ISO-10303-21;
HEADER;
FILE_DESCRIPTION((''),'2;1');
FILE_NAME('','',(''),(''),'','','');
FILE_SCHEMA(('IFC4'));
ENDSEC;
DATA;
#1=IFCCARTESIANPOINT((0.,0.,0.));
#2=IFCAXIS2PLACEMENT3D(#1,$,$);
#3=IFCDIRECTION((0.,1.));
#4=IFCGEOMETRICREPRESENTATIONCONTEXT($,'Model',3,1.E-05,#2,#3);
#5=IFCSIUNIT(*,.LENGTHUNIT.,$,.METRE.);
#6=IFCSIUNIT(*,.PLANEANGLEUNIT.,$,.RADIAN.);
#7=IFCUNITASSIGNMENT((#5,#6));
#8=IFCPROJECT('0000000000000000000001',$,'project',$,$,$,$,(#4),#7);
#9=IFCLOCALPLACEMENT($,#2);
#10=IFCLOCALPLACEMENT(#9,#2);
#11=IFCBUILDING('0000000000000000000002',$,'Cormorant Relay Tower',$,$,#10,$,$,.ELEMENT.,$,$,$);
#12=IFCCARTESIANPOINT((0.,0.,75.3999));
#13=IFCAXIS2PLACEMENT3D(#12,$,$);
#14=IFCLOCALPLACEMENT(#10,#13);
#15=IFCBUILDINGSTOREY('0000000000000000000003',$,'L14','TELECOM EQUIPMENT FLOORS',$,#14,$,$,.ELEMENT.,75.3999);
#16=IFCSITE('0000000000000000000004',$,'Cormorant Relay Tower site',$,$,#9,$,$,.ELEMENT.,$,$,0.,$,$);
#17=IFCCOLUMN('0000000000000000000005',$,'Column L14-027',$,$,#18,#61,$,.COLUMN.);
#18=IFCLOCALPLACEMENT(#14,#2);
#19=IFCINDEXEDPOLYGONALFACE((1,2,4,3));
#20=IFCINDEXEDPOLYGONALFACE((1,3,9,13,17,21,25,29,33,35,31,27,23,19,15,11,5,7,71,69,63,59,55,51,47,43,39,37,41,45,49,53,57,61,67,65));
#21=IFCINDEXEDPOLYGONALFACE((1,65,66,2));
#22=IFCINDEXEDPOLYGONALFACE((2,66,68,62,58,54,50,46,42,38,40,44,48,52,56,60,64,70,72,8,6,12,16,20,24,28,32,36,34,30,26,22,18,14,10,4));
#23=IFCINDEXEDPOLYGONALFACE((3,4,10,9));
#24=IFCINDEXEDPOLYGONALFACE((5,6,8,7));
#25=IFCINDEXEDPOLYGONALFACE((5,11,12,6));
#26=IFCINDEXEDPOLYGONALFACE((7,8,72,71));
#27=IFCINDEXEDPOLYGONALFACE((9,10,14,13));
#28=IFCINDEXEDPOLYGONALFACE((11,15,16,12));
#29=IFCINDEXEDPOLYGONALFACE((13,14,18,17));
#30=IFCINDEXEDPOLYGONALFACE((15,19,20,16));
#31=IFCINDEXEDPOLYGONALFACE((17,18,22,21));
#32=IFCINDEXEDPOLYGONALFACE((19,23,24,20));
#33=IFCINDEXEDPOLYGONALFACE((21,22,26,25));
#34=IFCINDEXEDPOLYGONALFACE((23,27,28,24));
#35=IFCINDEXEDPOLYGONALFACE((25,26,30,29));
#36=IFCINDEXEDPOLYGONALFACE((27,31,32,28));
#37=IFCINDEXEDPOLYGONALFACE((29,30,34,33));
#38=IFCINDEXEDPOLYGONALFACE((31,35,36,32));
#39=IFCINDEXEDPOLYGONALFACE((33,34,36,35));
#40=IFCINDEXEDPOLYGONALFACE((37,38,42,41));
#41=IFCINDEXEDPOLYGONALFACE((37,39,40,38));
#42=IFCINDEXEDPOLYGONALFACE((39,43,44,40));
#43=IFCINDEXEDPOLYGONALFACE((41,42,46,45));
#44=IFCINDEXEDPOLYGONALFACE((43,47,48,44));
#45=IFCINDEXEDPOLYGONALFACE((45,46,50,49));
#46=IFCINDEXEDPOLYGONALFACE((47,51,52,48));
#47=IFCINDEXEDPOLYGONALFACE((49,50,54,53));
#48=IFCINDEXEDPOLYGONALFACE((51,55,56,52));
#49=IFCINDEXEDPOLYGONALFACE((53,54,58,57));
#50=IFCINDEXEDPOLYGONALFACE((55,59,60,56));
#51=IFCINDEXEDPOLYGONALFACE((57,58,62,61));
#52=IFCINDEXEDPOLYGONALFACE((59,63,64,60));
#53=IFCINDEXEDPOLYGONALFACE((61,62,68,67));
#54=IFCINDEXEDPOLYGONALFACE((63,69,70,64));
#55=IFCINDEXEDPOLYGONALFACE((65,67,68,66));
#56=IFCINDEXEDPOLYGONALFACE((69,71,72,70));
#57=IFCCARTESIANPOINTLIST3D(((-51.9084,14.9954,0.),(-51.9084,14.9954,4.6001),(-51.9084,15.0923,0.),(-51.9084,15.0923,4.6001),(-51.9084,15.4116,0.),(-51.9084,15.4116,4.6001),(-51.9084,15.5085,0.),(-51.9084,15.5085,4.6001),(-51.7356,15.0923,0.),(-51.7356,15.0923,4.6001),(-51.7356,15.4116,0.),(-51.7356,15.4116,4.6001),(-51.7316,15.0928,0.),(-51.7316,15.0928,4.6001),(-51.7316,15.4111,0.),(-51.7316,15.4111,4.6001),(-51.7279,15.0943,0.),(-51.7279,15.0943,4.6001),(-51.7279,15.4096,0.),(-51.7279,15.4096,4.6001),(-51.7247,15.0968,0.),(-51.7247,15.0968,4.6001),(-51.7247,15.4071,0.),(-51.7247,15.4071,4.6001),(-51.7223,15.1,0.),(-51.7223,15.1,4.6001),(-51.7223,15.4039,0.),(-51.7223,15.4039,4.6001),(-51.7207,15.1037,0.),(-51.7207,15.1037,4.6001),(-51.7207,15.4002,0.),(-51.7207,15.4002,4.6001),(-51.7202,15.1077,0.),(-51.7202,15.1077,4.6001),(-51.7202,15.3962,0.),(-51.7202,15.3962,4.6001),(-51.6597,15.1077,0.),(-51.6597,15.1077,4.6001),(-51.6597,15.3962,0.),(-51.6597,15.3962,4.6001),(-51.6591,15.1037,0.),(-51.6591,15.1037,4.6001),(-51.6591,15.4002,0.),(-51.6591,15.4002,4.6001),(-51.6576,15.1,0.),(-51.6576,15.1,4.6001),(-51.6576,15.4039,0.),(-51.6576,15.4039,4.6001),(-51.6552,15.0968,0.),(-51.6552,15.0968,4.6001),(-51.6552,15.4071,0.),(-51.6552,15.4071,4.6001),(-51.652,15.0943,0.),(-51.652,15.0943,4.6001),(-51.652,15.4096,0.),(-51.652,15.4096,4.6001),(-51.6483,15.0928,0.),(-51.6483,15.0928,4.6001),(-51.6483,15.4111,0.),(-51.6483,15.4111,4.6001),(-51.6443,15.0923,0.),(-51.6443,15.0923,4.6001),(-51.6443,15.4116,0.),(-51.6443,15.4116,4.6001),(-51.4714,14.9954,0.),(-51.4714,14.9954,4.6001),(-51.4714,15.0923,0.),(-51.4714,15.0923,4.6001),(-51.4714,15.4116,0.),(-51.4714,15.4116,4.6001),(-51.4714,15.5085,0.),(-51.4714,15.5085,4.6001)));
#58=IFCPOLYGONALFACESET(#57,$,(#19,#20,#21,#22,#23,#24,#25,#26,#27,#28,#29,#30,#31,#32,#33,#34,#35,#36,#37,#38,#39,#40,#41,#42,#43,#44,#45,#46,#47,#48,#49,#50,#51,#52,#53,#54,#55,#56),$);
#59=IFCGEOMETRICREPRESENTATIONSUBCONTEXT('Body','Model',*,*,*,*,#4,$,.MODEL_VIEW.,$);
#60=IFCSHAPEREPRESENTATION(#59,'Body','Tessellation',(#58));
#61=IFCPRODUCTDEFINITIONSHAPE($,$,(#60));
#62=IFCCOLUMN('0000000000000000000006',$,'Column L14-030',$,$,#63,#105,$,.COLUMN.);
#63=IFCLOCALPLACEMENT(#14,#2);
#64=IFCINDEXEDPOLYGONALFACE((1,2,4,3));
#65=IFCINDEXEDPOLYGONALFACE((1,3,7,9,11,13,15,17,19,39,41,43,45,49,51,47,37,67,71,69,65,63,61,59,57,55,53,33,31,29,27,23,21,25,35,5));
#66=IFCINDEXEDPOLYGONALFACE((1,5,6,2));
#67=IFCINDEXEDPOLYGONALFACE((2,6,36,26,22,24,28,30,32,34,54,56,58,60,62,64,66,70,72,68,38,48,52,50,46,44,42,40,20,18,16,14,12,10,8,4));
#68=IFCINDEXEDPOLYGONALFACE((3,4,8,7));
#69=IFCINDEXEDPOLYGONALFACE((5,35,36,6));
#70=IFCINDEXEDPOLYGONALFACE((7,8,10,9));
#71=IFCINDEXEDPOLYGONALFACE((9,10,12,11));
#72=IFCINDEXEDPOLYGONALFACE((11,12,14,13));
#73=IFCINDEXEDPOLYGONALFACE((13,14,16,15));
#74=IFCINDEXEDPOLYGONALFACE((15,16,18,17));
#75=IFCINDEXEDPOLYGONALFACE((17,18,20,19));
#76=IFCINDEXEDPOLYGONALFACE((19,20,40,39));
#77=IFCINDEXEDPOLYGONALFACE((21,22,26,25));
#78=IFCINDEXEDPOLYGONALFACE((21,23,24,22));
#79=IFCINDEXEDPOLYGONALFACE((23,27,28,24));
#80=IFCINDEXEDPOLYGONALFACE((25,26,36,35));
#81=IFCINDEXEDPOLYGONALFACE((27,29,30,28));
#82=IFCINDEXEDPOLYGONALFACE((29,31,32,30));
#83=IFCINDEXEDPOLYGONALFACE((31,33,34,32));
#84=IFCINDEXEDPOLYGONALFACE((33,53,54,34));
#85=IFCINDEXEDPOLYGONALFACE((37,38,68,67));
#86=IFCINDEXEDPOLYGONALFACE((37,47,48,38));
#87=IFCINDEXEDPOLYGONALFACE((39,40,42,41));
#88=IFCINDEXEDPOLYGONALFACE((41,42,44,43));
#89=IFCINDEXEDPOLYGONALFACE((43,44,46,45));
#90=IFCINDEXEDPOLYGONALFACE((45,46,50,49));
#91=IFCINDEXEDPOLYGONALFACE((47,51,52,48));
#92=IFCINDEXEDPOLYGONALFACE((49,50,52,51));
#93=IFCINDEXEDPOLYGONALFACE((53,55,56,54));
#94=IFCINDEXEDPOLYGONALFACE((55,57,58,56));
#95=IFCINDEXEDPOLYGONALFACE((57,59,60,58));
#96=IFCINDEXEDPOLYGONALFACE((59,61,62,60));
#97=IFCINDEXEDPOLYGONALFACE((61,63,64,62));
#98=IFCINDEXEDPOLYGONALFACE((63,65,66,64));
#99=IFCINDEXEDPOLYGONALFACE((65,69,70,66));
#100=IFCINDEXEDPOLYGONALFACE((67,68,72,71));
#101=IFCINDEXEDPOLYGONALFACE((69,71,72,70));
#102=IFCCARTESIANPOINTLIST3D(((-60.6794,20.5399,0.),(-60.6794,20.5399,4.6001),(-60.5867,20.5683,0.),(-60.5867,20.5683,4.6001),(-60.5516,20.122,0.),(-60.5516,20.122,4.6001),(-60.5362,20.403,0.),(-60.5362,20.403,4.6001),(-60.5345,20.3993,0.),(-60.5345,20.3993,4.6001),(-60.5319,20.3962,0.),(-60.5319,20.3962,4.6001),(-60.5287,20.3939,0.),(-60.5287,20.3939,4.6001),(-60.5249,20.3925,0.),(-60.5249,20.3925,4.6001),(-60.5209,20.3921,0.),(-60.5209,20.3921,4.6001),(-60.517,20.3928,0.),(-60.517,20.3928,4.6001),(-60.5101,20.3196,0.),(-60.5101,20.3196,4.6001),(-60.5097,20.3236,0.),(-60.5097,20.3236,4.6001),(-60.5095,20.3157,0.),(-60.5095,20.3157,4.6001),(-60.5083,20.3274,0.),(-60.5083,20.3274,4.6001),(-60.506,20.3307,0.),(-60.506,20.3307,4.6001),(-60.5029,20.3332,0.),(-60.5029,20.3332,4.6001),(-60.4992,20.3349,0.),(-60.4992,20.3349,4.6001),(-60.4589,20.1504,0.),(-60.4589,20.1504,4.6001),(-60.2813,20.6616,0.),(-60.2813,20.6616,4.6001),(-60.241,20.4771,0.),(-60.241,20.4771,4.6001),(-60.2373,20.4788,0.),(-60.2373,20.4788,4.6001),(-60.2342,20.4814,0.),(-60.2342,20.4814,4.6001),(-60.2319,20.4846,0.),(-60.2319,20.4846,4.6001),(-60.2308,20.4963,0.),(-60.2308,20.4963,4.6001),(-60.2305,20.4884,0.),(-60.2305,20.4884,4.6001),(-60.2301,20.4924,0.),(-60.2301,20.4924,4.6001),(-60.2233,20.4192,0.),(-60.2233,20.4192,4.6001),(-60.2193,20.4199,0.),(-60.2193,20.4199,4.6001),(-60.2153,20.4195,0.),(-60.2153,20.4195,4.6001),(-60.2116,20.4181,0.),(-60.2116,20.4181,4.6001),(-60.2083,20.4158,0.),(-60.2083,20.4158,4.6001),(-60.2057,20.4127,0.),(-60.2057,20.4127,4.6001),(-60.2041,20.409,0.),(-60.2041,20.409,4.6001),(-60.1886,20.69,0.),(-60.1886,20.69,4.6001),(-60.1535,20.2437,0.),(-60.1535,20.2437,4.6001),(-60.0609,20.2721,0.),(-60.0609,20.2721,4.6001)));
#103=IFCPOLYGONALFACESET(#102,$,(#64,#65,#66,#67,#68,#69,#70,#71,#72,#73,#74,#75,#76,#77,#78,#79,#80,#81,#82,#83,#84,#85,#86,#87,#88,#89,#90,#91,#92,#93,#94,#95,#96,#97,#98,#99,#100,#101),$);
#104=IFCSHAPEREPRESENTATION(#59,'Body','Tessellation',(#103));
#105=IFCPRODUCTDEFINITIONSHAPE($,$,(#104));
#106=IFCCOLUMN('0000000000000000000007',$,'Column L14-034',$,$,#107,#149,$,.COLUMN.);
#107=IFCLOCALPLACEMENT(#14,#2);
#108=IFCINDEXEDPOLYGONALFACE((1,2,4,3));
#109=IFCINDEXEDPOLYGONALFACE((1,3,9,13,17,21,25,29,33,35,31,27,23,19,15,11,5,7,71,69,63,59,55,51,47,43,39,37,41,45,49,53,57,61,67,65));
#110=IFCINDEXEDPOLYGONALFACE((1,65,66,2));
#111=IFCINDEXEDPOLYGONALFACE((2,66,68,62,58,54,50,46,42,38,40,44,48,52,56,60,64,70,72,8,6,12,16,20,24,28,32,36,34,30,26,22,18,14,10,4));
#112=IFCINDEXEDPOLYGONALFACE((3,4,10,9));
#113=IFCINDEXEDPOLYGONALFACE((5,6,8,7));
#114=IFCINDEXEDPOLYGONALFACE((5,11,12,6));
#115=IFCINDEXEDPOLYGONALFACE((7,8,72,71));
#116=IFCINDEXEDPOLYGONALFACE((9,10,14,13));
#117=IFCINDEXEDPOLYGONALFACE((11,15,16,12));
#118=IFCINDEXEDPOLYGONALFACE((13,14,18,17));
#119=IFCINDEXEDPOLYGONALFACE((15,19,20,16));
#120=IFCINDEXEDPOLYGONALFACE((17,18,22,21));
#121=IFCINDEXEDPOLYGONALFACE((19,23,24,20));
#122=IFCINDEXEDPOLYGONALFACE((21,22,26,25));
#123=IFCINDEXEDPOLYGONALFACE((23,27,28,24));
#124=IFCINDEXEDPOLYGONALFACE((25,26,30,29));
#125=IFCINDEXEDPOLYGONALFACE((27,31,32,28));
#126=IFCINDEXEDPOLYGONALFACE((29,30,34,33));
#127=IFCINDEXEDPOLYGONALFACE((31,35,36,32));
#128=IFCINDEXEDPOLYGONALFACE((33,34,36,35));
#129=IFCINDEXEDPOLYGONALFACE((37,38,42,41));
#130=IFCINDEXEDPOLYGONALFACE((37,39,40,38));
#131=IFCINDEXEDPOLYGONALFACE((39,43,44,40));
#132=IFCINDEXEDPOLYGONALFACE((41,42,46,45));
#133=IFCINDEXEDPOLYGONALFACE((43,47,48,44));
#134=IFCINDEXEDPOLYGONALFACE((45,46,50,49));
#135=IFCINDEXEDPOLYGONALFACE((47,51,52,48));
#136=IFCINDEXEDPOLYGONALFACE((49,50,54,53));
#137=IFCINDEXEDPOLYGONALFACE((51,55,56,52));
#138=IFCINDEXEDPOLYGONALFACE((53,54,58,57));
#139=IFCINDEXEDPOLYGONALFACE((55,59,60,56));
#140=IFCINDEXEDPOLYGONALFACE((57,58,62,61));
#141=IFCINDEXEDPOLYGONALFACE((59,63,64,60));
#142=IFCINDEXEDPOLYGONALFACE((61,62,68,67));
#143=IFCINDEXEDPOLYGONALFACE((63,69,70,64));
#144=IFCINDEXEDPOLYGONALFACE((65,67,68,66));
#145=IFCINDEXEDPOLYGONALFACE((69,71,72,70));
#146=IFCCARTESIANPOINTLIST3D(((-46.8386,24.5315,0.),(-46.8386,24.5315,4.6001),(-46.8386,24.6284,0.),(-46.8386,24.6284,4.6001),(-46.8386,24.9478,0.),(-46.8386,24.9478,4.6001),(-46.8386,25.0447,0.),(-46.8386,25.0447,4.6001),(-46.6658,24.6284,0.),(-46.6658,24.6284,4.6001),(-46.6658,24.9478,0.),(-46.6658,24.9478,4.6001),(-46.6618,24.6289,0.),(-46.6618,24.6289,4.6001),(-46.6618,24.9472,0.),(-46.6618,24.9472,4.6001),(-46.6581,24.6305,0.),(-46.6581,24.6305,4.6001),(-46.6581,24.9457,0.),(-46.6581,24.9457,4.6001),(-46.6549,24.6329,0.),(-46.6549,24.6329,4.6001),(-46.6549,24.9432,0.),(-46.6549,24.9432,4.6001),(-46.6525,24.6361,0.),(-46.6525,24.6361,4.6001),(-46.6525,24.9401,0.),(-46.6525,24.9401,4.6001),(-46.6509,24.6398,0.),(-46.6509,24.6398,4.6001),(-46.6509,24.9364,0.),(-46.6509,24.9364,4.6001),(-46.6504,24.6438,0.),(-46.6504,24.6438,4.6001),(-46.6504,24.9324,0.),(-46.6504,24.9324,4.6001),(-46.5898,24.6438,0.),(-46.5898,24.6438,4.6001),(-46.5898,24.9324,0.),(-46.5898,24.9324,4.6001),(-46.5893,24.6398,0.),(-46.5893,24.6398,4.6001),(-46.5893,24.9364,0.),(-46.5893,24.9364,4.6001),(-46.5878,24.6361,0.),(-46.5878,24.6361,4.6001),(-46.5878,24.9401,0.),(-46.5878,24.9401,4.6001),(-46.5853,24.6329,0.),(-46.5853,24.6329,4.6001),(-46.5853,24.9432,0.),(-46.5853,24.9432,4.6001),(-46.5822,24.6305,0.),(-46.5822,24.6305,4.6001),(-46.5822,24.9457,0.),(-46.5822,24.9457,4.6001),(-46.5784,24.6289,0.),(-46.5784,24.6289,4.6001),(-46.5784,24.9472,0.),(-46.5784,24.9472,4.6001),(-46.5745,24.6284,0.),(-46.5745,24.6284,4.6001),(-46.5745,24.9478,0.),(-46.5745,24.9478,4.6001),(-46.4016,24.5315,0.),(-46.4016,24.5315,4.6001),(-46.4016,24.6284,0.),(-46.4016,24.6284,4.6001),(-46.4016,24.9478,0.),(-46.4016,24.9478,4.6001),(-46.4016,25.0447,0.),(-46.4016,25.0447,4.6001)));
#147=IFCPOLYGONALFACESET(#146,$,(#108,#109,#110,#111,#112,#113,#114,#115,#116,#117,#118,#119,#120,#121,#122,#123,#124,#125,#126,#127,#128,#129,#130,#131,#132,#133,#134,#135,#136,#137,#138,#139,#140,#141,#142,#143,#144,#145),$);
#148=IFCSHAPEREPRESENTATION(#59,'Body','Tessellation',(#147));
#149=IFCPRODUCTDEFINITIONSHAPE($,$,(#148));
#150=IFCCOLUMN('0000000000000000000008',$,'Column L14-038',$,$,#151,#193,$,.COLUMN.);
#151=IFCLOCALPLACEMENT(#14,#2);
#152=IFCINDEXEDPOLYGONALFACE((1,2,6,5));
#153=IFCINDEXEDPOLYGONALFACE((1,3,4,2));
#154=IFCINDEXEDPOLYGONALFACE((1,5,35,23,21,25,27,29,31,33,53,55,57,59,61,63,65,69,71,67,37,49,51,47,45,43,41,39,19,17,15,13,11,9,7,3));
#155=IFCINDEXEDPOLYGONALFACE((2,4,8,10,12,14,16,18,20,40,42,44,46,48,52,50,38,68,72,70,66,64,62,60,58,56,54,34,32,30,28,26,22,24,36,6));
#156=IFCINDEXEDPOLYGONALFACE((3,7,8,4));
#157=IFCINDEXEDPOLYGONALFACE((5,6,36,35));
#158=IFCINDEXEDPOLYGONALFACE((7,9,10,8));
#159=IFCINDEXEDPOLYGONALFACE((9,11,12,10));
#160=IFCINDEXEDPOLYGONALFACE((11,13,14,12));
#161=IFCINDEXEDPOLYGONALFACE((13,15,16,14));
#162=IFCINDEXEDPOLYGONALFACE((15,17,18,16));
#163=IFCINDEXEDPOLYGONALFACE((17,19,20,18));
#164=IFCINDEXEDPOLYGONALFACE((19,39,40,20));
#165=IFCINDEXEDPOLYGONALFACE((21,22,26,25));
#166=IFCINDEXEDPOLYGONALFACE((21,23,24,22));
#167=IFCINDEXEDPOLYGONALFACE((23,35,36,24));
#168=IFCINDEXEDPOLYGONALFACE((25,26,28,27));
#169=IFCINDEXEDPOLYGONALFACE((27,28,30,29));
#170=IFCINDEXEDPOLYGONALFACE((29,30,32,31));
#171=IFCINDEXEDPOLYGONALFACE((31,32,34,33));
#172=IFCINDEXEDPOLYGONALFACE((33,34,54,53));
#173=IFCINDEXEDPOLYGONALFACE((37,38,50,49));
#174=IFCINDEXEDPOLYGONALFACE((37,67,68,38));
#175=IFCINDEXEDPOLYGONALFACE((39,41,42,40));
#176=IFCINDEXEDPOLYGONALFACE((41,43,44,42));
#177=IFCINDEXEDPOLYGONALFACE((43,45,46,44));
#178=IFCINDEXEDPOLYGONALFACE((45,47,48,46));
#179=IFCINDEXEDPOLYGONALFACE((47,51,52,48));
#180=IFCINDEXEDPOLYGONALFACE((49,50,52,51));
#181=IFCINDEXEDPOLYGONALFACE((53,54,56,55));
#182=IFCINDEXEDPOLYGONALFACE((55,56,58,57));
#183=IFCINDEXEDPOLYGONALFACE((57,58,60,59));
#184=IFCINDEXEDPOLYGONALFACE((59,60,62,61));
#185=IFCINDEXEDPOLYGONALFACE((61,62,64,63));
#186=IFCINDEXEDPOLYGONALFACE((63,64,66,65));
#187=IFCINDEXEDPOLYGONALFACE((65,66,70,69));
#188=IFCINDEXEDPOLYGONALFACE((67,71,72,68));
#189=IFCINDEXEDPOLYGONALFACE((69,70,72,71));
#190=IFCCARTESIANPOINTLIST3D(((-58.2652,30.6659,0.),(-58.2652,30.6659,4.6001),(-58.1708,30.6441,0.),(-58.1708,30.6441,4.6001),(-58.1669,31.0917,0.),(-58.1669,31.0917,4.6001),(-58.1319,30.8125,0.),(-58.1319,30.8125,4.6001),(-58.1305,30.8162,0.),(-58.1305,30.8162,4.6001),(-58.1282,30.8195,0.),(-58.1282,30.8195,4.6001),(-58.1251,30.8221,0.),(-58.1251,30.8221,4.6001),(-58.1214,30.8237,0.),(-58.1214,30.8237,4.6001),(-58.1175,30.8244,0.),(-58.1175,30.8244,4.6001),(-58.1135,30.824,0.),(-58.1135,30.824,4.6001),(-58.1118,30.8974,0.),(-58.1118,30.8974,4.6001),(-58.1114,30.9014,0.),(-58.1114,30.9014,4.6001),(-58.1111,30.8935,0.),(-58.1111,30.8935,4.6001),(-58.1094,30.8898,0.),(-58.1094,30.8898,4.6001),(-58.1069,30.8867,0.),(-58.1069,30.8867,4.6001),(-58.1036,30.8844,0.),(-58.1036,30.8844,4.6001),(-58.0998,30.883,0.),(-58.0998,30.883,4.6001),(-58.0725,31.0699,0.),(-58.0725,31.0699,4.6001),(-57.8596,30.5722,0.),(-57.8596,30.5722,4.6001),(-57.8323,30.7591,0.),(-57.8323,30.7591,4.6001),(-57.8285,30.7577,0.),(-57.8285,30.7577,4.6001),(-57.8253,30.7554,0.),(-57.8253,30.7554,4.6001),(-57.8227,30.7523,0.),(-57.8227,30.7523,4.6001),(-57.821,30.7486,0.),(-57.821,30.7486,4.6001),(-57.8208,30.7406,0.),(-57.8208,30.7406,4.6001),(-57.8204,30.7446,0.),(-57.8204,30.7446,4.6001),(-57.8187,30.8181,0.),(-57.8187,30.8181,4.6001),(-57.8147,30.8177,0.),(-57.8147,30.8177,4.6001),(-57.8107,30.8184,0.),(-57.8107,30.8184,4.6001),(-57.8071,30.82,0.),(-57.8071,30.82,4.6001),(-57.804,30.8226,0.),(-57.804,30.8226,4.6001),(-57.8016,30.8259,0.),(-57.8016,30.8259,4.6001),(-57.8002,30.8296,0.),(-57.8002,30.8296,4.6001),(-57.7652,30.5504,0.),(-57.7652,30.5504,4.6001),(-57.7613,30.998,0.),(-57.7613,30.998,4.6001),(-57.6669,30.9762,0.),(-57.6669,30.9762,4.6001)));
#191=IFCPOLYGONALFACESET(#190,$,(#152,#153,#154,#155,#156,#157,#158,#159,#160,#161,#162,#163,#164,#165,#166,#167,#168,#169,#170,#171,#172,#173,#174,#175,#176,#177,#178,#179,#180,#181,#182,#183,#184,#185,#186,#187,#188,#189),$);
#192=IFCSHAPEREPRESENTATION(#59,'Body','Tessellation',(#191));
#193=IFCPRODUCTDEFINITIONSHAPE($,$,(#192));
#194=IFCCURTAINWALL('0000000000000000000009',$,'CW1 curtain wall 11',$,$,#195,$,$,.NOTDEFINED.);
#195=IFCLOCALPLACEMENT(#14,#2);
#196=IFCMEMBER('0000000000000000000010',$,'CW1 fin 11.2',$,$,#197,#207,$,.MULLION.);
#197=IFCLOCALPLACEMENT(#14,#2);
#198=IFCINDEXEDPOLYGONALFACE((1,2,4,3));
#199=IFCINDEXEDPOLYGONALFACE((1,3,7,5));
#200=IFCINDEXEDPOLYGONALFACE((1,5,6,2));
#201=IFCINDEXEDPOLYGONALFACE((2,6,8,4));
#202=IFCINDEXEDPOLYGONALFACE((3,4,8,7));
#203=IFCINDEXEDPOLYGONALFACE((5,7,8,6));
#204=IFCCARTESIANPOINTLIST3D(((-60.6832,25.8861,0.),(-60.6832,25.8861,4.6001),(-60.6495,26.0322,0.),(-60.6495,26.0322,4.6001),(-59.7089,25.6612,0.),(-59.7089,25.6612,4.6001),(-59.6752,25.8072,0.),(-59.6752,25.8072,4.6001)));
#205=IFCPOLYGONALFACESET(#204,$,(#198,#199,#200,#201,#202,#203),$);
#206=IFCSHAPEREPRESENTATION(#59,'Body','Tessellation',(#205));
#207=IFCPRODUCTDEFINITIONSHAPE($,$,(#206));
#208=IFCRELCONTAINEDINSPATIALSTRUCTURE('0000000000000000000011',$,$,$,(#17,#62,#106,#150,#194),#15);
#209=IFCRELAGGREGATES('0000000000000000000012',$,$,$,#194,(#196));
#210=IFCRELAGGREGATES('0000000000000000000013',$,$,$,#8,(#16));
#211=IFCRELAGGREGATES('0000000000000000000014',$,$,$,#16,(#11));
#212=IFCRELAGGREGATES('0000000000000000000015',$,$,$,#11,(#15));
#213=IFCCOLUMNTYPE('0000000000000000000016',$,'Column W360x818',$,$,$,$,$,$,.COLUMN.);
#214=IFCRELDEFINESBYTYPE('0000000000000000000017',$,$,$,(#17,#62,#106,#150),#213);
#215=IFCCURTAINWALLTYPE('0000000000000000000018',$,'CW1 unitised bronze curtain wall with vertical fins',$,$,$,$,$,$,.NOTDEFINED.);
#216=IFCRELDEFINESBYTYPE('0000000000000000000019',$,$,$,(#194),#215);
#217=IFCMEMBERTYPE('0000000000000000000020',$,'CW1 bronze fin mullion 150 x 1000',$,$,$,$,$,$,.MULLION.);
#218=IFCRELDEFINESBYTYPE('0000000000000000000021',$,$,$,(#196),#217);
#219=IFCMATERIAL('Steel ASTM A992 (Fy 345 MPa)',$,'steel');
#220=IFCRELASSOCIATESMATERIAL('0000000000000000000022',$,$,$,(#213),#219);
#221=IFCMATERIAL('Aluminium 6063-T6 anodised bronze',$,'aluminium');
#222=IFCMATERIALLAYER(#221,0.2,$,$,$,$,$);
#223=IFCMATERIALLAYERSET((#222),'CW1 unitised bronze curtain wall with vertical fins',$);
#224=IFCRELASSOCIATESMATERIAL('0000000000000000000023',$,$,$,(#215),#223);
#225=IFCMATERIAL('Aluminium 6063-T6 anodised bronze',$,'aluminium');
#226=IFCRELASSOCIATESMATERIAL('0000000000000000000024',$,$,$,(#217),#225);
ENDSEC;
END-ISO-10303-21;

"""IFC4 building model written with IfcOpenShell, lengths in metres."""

from ifc_helpers import new_model, si_unit, direction, frame, origin, origin_2d, place, context, subcontext, project, spatial, rectangle, i_section, extrude, material, layer, layer_set, material_profile, profile_set, type_object, element, aggregate, save


model = new_model("IFC4")

# Units and contexts
model_context = context("Model", 3, precision=1e-05, world=origin(), true_north=direction((0.0, 1.0)))
body_context = subcontext(model_context, "Body", "Model", "MODEL_VIEW")
ifc_project = project(units=[si_unit("LENGTHUNIT", "METRE"), si_unit("PLANEANGLEUNIT", "RADIAN")], contexts=[model_context])

# Site, building, storey
site_placement = place(None, origin())
site = spatial("IfcSite", under=ifc_project, at=site_placement, Name="Cormorant Relay Tower site", CompositionType="ELEMENT", RefElevation=0.0)
building_placement = place(site_placement, origin())
building = spatial("IfcBuilding", under=site, at=building_placement, Name="Cormorant Relay Tower", CompositionType="ELEMENT")
storey_placement = place(building_placement, frame((0.0, 0.0, 75.3999)))
storey = spatial("IfcBuildingStorey", under=building, at=storey_placement, Name="L14", Description="TELECOM EQUIPMENT FLOORS", CompositionType="ELEMENT", Elevation=75.3999)

# Columns
ifc_material_1 = material(Name="Steel ASTM A992 (Fy 345 MPa)", Category="steel")
ifc_material_profile_1 = material_profile(ifc_material_1, i_section(OverallWidth=0.437, OverallDepth=0.5132, WebThickness=0.0605, FlangeThickness=0.0969, FilletRadius=0.0154, at=origin_2d()), Name="W360x818")
ifc_profile_set_1 = profile_set([ifc_material_profile_1], Name="Steel ASTM A992 (Fy 345 MPa)")
column_type = type_object("IfcColumnType", Name="Column W360x818", PredefinedType="COLUMN", material=ifc_profile_set_1)
for number, where, z_axis, x_axis, name in (
    (1, (-51.6899, 15.252, 0.0), (0.0, 0.0, 1.0), (1.0, 0.0, 0.0), "Column L14-027"),
    (2, (-60.3701, 20.406, 0.0), (0.0, 0.0, 1.0), (0.292372, -0.956305, 0.0), "Column L14-030"),
    (3, (-46.6201, 24.7881, 0.0), (0.0, 0.0, 1.0), (1.0, 0.0, 0.0), "Column L14-034"),
    (4, (-57.9661, 30.821, 0.0), (0.0, 0.0, 1.0), (-0.224951, -0.97437, 0.0), "Column L14-038"),
):
    element("IfcColumn", number, at=place(storey_placement, frame(where, z_axis=z_axis, x_axis=x_axis)), inside=storey, type_object=column_type, Name=name, PredefinedType="COLUMN", context=body_context, shape_type="SweptSolid", body=[
        extrude(i_section(OverallWidth=0.437, OverallDepth=0.5132, WebThickness=0.0605, FlangeThickness=0.0969, FilletRadius=0.0154, at=origin_2d()), origin(), (0.0, 0.0, 1.0), 4.6001),
    ])

# Curtain wall, member
ifc_material_2 = material(Name="Aluminium 6063-T6 anodised bronze", Category="aluminium")
ifc_layer_1 = layer(ifc_material_2, 0.2)
ifc_layer_set_1 = layer_set([ifc_layer_1], Name="CW1 unitised bronze curtain wall with vertical fins")
curtain_wall_type = type_object("IfcCurtainWallType", Name="CW1 unitised bronze curtain wall with vertical fins", PredefinedType="NOTDEFINED", material=ifc_layer_set_1)
curtain_wall_1_placement = place(storey_placement, origin())
curtain_wall_1 = element("IfcCurtainWall", 5, at=curtain_wall_1_placement, inside=storey, type_object=curtain_wall_type, Name="CW1 curtain wall 11", PredefinedType="NOTDEFINED")
ifc_material_3 = material(Name="Aluminium 6063-T6 anodised bronze", Category="aluminium")
ifc_material_profile_2 = material_profile(ifc_material_3, rectangle(XDim=0.1499, YDim=1.0, at=origin_2d()), Name="AL 150x1000")
ifc_profile_set_2 = profile_set([ifc_material_profile_2], Name="Aluminium 6063-T6 anodised bronze")
member_type_1 = type_object("IfcMemberType", Name="CW1 bronze fin mullion 150 x 1000", PredefinedType="MULLION", material=ifc_profile_set_2)
member_1_placement = place(storey_placement, frame((-60.1792, 25.8467, 0.0), z_axis=(0.0, 0.0, 1.0), x_axis=(-0.224951, -0.97437, 0.0)))
member_1 = element("IfcMember", 6, at=member_1_placement, type_object=member_type_1, Name="CW1 fin 11.2", PredefinedType="MULLION", context=body_context, shape_type="SweptSolid", body=[
    extrude(rectangle(XDim=0.1499, YDim=1.0, at=origin_2d()), origin(), (0.0, 0.0, 1.0), 4.6001),
])

aggregate(curtain_wall_1, [member_1])

save(model, "model.ifc")
